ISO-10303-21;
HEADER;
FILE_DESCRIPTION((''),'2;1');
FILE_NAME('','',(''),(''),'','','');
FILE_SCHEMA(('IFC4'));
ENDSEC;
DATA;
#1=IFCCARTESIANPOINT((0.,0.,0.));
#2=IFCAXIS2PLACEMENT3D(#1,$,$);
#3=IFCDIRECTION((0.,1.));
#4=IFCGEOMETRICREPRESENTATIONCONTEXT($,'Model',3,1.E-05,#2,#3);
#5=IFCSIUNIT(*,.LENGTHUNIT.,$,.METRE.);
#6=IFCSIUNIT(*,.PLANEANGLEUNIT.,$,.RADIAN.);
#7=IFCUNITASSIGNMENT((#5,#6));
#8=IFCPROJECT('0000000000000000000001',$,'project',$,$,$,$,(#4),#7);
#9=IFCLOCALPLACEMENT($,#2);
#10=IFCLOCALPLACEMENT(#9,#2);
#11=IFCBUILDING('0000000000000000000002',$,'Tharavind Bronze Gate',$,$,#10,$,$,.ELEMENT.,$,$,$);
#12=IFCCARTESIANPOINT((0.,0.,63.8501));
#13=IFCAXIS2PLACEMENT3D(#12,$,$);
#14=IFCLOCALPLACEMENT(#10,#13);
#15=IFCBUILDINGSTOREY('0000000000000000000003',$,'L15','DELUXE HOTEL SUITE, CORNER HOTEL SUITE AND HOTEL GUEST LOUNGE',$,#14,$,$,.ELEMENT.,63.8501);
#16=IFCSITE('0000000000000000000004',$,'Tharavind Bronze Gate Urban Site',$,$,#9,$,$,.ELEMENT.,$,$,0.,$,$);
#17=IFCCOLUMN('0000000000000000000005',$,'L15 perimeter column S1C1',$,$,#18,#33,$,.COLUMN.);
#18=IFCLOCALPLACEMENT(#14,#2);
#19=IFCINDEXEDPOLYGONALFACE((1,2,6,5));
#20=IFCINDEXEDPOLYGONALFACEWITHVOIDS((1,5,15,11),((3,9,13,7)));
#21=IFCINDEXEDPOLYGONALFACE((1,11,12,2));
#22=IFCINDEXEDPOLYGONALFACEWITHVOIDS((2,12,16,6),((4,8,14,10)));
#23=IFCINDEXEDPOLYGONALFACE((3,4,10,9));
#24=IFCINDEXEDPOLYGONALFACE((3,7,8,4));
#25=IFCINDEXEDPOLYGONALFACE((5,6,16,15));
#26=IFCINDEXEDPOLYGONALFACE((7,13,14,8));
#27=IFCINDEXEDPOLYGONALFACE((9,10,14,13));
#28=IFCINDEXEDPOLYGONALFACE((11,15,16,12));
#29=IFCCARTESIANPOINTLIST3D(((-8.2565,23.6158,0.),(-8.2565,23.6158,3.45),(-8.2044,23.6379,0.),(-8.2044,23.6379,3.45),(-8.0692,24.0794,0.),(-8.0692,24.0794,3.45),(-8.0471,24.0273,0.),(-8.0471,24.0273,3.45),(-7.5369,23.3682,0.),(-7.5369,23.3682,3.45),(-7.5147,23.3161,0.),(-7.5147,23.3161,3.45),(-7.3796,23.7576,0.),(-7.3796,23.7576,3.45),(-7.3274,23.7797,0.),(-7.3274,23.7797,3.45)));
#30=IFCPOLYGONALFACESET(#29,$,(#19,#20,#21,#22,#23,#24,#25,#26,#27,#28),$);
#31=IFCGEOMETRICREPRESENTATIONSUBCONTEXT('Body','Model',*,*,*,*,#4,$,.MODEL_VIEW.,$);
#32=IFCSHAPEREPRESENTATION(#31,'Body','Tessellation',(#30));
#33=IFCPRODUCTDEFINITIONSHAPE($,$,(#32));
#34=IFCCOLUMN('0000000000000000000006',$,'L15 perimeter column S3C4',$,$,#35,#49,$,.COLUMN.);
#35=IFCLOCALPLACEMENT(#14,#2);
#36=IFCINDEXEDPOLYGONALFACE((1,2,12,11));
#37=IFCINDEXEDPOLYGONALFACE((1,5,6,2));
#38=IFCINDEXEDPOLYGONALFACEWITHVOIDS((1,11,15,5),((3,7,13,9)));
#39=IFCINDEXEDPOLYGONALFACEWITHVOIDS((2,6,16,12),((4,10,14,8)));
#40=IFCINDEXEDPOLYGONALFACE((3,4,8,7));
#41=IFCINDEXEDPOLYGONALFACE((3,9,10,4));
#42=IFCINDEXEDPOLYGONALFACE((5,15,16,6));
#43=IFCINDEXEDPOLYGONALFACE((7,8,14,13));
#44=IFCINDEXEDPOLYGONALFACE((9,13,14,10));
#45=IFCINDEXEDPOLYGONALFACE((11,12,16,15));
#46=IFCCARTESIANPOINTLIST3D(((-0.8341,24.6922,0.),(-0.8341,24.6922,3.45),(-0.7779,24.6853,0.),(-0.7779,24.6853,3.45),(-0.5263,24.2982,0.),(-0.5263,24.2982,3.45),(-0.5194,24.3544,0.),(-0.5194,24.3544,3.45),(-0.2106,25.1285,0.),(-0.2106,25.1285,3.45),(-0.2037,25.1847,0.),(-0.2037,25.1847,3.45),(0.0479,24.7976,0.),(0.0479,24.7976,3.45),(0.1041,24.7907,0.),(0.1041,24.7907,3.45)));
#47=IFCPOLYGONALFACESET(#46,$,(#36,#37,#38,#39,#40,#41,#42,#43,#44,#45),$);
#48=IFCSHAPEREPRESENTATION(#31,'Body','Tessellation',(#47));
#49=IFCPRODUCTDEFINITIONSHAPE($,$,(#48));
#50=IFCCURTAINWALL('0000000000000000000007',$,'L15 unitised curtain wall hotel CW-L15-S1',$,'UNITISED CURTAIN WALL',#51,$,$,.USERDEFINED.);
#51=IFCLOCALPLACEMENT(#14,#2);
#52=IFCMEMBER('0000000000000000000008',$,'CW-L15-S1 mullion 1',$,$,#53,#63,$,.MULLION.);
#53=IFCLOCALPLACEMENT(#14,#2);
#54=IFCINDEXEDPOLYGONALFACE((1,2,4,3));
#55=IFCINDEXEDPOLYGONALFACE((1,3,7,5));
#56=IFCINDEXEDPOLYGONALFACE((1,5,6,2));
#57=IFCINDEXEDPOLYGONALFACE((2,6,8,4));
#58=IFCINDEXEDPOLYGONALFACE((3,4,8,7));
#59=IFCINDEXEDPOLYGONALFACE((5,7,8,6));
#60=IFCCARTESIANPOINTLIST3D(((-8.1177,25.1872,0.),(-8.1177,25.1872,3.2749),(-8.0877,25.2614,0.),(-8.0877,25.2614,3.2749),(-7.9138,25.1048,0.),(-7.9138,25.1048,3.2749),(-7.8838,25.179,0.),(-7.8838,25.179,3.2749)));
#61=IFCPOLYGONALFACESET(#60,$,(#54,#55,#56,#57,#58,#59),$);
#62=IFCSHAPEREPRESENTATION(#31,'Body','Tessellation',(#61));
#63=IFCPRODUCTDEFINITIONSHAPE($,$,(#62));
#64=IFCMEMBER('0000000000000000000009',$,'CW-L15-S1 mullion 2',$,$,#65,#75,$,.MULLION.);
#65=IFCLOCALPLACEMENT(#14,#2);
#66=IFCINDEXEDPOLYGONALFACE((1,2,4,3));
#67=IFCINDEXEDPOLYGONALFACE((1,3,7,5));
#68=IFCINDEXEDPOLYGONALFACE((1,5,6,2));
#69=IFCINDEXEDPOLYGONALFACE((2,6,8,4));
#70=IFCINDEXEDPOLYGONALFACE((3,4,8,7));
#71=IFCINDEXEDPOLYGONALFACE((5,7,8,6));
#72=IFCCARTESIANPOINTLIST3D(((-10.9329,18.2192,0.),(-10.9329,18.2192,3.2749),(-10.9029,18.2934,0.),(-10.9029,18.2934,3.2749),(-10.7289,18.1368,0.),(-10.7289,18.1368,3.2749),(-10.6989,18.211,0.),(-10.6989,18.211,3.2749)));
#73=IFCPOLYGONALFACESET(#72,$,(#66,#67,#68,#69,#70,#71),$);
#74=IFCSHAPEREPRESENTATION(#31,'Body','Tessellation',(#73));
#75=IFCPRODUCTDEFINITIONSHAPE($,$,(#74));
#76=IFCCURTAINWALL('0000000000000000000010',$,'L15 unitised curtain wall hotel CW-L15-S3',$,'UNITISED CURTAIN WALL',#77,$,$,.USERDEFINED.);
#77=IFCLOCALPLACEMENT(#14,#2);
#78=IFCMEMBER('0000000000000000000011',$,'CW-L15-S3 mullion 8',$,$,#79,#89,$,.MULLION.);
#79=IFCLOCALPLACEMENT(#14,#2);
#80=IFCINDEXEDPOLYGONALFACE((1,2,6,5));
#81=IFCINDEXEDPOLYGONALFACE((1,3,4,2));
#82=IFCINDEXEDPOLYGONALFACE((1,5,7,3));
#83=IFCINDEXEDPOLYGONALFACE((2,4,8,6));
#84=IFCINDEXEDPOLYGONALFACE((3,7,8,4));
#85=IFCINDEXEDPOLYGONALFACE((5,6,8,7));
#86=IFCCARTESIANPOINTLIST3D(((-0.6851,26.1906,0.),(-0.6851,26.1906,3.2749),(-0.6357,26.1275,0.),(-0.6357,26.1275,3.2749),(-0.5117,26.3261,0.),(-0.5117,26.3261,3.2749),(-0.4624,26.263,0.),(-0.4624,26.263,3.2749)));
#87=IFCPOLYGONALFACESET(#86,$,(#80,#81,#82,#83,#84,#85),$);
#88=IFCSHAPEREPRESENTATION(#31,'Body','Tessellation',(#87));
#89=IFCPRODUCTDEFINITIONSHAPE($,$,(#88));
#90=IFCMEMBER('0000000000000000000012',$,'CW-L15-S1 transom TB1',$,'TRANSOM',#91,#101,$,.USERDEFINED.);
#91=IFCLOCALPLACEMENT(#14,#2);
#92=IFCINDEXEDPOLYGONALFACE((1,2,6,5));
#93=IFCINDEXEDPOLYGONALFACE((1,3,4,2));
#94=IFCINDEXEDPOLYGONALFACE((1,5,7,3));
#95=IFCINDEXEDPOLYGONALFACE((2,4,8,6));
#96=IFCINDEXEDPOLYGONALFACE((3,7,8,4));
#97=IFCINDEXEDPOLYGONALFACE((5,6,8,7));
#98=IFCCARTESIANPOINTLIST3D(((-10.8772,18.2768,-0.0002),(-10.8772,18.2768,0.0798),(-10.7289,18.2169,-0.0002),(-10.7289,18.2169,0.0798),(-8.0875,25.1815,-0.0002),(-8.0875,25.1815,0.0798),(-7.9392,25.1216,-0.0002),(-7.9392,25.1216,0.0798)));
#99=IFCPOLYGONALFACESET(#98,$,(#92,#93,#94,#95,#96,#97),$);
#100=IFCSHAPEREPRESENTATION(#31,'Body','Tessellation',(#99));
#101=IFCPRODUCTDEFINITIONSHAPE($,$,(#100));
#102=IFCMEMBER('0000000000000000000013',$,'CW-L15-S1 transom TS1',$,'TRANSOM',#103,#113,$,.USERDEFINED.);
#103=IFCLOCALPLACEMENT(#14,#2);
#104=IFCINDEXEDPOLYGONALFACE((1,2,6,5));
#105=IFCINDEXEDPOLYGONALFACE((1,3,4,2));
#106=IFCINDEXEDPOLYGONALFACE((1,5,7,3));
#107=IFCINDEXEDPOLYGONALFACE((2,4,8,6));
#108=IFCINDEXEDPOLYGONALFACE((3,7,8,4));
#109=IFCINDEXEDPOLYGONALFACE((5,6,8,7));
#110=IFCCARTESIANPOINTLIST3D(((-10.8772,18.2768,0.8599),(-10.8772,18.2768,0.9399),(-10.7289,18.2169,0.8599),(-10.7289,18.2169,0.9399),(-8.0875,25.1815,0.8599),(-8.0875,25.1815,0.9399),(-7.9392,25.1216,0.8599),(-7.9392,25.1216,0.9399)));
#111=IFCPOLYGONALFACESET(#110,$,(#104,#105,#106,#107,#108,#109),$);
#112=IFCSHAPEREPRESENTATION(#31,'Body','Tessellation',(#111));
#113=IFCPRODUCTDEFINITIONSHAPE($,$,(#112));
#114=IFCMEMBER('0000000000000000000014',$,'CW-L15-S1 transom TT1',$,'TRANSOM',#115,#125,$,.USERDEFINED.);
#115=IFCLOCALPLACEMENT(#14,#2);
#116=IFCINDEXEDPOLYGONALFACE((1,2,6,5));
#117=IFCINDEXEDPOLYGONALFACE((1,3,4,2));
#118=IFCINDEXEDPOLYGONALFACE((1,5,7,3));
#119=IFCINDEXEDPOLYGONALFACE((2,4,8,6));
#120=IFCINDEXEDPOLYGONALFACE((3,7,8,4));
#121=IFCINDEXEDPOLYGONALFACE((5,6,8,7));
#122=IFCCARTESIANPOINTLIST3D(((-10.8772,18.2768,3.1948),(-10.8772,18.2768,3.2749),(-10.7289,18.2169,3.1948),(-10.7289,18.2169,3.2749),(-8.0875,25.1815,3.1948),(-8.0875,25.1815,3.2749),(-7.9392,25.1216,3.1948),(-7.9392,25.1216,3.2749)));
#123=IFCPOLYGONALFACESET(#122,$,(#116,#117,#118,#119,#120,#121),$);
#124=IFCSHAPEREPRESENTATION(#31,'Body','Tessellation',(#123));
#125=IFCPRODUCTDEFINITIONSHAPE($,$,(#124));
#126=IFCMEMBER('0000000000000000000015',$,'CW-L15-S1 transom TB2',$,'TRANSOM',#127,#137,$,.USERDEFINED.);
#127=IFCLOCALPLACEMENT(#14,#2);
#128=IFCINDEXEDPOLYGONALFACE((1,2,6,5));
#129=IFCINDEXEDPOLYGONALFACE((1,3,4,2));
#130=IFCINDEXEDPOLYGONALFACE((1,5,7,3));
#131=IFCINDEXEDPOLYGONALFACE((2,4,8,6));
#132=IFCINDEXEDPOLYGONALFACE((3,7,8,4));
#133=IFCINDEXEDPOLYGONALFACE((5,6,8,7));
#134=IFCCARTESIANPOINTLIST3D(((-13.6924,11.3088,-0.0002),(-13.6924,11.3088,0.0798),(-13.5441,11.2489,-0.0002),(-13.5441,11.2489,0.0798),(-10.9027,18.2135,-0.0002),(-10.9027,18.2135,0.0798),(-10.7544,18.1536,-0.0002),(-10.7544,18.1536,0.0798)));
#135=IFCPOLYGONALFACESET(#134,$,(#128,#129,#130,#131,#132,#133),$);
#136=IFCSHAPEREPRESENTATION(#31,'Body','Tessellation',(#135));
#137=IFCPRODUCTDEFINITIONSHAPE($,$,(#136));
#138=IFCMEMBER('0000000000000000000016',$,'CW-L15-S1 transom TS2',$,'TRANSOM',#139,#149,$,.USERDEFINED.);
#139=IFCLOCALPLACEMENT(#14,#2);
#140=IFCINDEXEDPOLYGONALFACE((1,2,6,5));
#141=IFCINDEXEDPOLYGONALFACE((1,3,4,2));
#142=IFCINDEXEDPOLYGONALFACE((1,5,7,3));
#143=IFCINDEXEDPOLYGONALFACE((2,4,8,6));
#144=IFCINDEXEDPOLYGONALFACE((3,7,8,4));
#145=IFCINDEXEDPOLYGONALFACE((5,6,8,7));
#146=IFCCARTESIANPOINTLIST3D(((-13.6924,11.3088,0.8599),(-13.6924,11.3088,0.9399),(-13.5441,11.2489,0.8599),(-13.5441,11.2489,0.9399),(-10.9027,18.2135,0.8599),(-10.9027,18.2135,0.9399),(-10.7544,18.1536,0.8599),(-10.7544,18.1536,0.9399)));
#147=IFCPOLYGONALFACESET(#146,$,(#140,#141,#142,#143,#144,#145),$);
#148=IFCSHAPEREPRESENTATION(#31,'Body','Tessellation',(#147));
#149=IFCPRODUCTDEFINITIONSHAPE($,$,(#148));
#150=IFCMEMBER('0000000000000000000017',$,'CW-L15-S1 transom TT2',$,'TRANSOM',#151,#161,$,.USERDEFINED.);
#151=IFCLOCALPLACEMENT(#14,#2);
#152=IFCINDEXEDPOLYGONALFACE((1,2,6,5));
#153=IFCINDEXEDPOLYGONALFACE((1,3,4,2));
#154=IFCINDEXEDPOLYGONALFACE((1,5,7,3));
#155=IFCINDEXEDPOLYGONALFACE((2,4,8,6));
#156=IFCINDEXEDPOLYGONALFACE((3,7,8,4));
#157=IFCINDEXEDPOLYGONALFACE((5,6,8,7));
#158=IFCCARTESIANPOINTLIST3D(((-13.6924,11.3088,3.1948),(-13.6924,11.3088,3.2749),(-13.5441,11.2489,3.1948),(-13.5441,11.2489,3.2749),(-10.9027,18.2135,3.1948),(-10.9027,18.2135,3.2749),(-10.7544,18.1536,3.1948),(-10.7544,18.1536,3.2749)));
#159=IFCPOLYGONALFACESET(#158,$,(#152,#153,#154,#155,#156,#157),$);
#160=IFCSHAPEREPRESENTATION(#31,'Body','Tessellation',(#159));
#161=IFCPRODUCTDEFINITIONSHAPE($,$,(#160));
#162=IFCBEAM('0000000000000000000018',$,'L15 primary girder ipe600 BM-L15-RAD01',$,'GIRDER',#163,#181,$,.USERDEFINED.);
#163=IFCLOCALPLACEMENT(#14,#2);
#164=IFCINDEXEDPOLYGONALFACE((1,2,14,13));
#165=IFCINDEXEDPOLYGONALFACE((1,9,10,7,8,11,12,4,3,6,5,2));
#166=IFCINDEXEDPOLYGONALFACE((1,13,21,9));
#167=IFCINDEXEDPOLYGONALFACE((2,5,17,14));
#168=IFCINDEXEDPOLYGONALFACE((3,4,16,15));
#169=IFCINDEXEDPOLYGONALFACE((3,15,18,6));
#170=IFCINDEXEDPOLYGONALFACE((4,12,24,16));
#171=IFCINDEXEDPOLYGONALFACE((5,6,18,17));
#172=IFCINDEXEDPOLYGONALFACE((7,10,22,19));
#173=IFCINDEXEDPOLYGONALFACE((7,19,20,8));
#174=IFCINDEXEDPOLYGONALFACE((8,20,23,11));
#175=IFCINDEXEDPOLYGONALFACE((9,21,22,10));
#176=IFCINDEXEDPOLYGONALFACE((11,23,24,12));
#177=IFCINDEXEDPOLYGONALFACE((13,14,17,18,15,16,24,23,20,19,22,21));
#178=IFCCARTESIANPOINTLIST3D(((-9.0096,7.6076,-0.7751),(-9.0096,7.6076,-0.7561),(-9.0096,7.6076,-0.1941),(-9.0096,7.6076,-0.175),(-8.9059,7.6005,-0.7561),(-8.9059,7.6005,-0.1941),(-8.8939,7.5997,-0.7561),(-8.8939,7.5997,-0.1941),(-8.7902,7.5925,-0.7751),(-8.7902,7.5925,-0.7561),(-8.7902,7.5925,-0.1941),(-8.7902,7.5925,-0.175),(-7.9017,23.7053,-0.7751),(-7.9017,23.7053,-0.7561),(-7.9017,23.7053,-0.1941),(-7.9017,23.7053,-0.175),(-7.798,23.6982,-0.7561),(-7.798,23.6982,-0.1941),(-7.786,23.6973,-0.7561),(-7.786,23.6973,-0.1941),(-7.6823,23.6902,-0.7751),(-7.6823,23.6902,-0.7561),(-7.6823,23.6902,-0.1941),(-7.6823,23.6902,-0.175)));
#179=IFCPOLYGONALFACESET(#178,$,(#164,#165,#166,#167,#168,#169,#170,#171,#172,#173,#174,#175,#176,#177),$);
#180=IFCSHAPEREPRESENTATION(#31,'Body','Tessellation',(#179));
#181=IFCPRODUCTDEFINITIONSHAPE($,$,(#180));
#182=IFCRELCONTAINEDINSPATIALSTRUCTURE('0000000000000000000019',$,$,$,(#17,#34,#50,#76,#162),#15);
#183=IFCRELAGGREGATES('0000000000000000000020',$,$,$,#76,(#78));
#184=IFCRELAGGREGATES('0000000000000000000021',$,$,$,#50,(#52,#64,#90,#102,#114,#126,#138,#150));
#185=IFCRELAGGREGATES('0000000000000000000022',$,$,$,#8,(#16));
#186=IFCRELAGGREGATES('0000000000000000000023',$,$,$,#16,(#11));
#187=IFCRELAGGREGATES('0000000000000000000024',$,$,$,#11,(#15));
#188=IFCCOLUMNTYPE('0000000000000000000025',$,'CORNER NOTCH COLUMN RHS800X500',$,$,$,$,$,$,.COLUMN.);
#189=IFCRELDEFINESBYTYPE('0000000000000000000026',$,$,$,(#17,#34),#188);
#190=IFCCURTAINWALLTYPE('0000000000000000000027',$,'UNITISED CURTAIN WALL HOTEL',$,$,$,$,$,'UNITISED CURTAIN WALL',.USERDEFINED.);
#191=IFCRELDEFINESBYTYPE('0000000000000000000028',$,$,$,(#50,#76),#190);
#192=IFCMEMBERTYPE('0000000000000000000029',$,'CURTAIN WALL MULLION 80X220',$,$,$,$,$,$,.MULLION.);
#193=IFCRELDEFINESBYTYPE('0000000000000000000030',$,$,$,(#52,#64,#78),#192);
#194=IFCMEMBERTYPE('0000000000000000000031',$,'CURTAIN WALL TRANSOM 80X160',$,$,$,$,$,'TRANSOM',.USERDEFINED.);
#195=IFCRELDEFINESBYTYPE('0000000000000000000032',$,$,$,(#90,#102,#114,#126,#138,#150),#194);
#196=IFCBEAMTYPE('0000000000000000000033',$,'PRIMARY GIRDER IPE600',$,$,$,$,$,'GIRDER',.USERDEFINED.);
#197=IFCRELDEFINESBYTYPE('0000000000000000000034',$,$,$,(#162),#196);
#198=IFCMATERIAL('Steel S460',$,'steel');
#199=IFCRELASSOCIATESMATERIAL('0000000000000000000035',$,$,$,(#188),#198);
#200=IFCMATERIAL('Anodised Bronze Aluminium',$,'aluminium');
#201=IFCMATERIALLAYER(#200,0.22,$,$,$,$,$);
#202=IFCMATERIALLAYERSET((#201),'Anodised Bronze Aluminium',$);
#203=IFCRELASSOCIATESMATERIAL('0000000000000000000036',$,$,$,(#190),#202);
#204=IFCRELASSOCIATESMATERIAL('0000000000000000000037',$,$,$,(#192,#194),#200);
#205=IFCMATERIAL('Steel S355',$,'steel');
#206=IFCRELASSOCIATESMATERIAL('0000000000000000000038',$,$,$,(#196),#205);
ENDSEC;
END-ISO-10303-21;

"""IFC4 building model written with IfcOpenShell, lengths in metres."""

from ifc_helpers import new_model, si_unit, direction, frame, origin, origin_2d, place, context, subcontext, project, spatial, rectangle, hollow_rectangle, i_section, extrude, material, layer, layer_set, material_profile, profile_set, type_object, element, aggregate, save


model = new_model("IFC4")

# Units and contexts
model_context = context("Model", 3, precision=1e-05, world=origin(), true_north=direction((0.0, 1.0)))
body_context = subcontext(model_context, "Body", "Model", "MODEL_VIEW")
ifc_project = project(units=[si_unit("LENGTHUNIT", "METRE"), si_unit("PLANEANGLEUNIT", "RADIAN")], contexts=[model_context])

# Site, building, storey
site_placement = place(None, origin())
site = spatial("IfcSite", under=ifc_project, at=site_placement, Name="Tharavind Bronze Gate Urban Site", CompositionType="ELEMENT", RefElevation=0.0)
building_placement = place(site_placement, origin())
building = spatial("IfcBuilding", under=site, at=building_placement, Name="Tharavind Bronze Gate", CompositionType="ELEMENT")
storey_placement = place(building_placement, frame((0.0, 0.0, 63.8501)))
storey = spatial("IfcBuildingStorey", under=building, at=storey_placement, Name="L15", Description="DELUXE HOTEL SUITE, CORNER HOTEL SUITE AND HOTEL GUEST LOUNGE", CompositionType="ELEMENT", Elevation=63.8501)

# Columns
ifc_material_1 = material(Name="Steel S460", Category="steel")
ifc_material_profile_1 = material_profile(ifc_material_1, hollow_rectangle(XDim=0.5, YDim=0.8, WallThickness=0.04, at=origin_2d()), Name="RHS800X500X40")
ifc_profile_set_1 = profile_set([ifc_material_profile_1], Name="Steel S460")
column_type = type_object("IfcColumnType", Name="CORNER NOTCH COLUMN RHS800X500", PredefinedType="COLUMN", material=ifc_profile_set_1)
for number, where, z_axis, x_axis, name in (
    (1, (-7.792, 23.6978, 0.0), (0.0, 0.0, 1.0), (0.374608, 0.927183, 0.0), "L15 perimeter column S1C1"),
    (2, (-0.365, 24.7415, 0.0), (0.0, 0.0, 1.0), (-0.615661, 0.788011, 0.0), "L15 perimeter column S3C4"),
):
    element("IfcColumn", number, at=place(storey_placement, frame(where, z_axis=z_axis, x_axis=x_axis)), inside=storey, type_object=column_type, Name=name, PredefinedType="COLUMN", context=body_context, shape_type="SweptSolid", body=[
        extrude(hollow_rectangle(XDim=0.5, YDim=0.8, WallThickness=0.04, at=origin_2d()), origin(), (0.0, 0.0, 1.0), 3.45),
    ])

# Curtain wall, members
ifc_material_2 = material(Name="Anodised Bronze Aluminium", Category="aluminium")
ifc_layer_1 = layer(ifc_material_2, 0.22)
ifc_layer_set_1 = layer_set([ifc_layer_1], Name="Anodised Bronze Aluminium")
curtain_wall_type = type_object("IfcCurtainWallType", Name="UNITISED CURTAIN WALL HOTEL", ElementType="UNITISED CURTAIN WALL", PredefinedType="USERDEFINED", material=ifc_layer_set_1)
curtain_wall_1_placement = place(storey_placement, origin())
curtain_wall_1 = element("IfcCurtainWall", 3, at=curtain_wall_1_placement, inside=storey, type_object=curtain_wall_type, Name="L15 unitised curtain wall hotel CW-L15-S1", ObjectType="UNITISED CURTAIN WALL", PredefinedType="USERDEFINED")
member_type_1 = type_object("IfcMemberType", Name="CURTAIN WALL MULLION 80X220", PredefinedType="MULLION", material=ifc_material_2)
member_1_placement = place(storey_placement, frame((-8.0007, 25.1831, 0.0), z_axis=(0.0, 0.0, 1.0), x_axis=(-0.374607, -0.927184, 0.0)))
member_1 = element("IfcMember", 4, at=member_1_placement, type_object=member_type_1, Name="CW-L15-S1 mullion 1", PredefinedType="MULLION", context=body_context, shape_type="SweptSolid", body=[
    extrude(rectangle(XDim=0.0801, YDim=0.22, at=origin_2d()), origin(), (0.0, 0.0, 1.0), 3.2749),
])
member_2_placement = place(storey_placement, frame((-10.8159, 18.2151, 0.0), z_axis=(0.0, 0.0, 1.0), x_axis=(-0.374607, -0.927184, 0.0)))
member_2 = element("IfcMember", 5, at=member_2_placement, type_object=member_type_1, Name="CW-L15-S1 mullion 2", PredefinedType="MULLION", context=body_context, shape_type="SweptSolid", body=[
    extrude(rectangle(XDim=0.0801, YDim=0.22, at=origin_2d()), origin(), (0.0, 0.0, 1.0), 3.2749),
])

# Curtain wall, member
curtain_wall_2_placement = place(storey_placement, origin())
curtain_wall_2 = element("IfcCurtainWall", 6, at=curtain_wall_2_placement, inside=storey, type_object=curtain_wall_type, Name="L15 unitised curtain wall hotel CW-L15-S3", ObjectType="UNITISED CURTAIN WALL", PredefinedType="USERDEFINED")
member_3_placement = place(storey_placement, frame((-0.5737, 26.2268, 0.0), z_axis=(0.0, 0.0, 1.0), x_axis=(-0.615661, 0.788011, 0.0)))
member_3 = element("IfcMember", 7, at=member_3_placement, type_object=member_type_1, Name="CW-L15-S3 mullion 8", PredefinedType="MULLION", context=body_context, shape_type="SweptSolid", body=[
    extrude(rectangle(XDim=0.0801, YDim=0.22, at=origin_2d()), origin(), (0.0, 0.0, 1.0), 3.2749),
])
aggregate(curtain_wall_2, [member_3])

# Members
member_type_2 = type_object("IfcMemberType", Name="CURTAIN WALL TRANSOM 80X160", ElementType="TRANSOM", PredefinedType="USERDEFINED", material=ifc_material_2)
member_4_placement = place(storey_placement, frame((-9.4082, 21.6992, -0.0002), z_axis=(0.0, 0.0, 1.0), x_axis=(-0.374607, -0.927184, 0.0)))
member_4 = element("IfcMember", 8, at=member_4_placement, type_object=member_type_2, Name="CW-L15-S1 transom TB1", ObjectType="TRANSOM", PredefinedType="USERDEFINED", context=body_context, shape_type="SweptSolid", body=[
    extrude(rectangle(XDim=7.447, YDim=0.1599, at=origin_2d()), origin(), (0.0, 0.0, 1.0), 0.0801),
])
member_5_placement = place(storey_placement, frame((-9.4082, 21.6992, 0.8599), z_axis=(0.0, 0.0, 1.0), x_axis=(-0.374607, -0.927184, 0.0)))
member_5 = element("IfcMember", 9, at=member_5_placement, type_object=member_type_2, Name="CW-L15-S1 transom TS1", ObjectType="TRANSOM", PredefinedType="USERDEFINED", context=body_context, shape_type="SweptSolid", body=[
    extrude(rectangle(XDim=7.447, YDim=0.1599, at=origin_2d()), origin(), (0.0, 0.0, 1.0), 0.0801),
])
member_6_placement = place(storey_placement, frame((-9.4082, 21.6992, 3.1948), z_axis=(0.0, 0.0, 1.0), x_axis=(-0.374607, -0.927184, 0.0)))
member_6 = element("IfcMember", 10, at=member_6_placement, type_object=member_type_2, Name="CW-L15-S1 transom TT1", ObjectType="TRANSOM", PredefinedType="USERDEFINED", context=body_context, shape_type="SweptSolid", body=[
    extrude(rectangle(XDim=7.447, YDim=0.1599, at=origin_2d()), origin(), (0.0, 0.0, 1.0), 0.0801),
])
member_7_placement = place(storey_placement, frame((-12.2234, 14.7312, -0.0002), z_axis=(0.0, 0.0, 1.0), x_axis=(-0.374607, -0.927184, 0.0)))
member_7 = element("IfcMember", 11, at=member_7_placement, type_object=member_type_2, Name="CW-L15-S1 transom TB2", ObjectType="TRANSOM", PredefinedType="USERDEFINED", context=body_context, shape_type="SweptSolid", body=[
    extrude(rectangle(XDim=7.447, YDim=0.1599, at=origin_2d()), origin(), (0.0, 0.0, 1.0), 0.0801),
])
member_8_placement = place(storey_placement, frame((-12.2234, 14.7312, 0.8599), z_axis=(0.0, 0.0, 1.0), x_axis=(-0.374607, -0.927184, 0.0)))
member_8 = element("IfcMember", 12, at=member_8_placement, type_object=member_type_2, Name="CW-L15-S1 transom TS2", ObjectType="TRANSOM", PredefinedType="USERDEFINED", context=body_context, shape_type="SweptSolid", body=[
    extrude(rectangle(XDim=7.447, YDim=0.1599, at=origin_2d()), origin(), (0.0, 0.0, 1.0), 0.0801),
])
member_9_placement = place(storey_placement, frame((-12.2234, 14.7312, 3.1948), z_axis=(0.0, 0.0, 1.0), x_axis=(-0.374607, -0.927184, 0.0)))
member_9 = element("IfcMember", 13, at=member_9_placement, type_object=member_type_2, Name="CW-L15-S1 transom TT2", ObjectType="TRANSOM", PredefinedType="USERDEFINED", context=body_context, shape_type="SweptSolid", body=[
    extrude(rectangle(XDim=7.447, YDim=0.1599, at=origin_2d()), origin(), (0.0, 0.0, 1.0), 0.0801),
])

# Beam
ifc_material_3 = material(Name="Steel S355", Category="steel")
ifc_material_profile_2 = material_profile(ifc_material_3, i_section(OverallWidth=0.22, OverallDepth=0.6001, WebThickness=0.012, FlangeThickness=0.019, at=origin_2d()), Name="IPE600")
ifc_profile_set_2 = profile_set([ifc_material_profile_2], Name="Steel S355")
beam_type_1 = type_object("IfcBeamType", Name="PRIMARY GIRDER IPE600", ElementType="GIRDER", PredefinedType="USERDEFINED", material=ifc_profile_set_2)
beam_1_placement = place(storey_placement, frame((-7.792, 23.6978, -0.4751), z_axis=(-0.068662, -0.99764, 0.0), x_axis=(0.99764, -0.068662, 0.0)))
element("IfcBeam", 14, at=beam_1_placement, inside=storey, type_object=beam_type_1, Name="L15 primary girder ipe600 BM-L15-RAD01", ObjectType="GIRDER", PredefinedType="USERDEFINED", context=body_context, shape_type="SweptSolid", body=[
    extrude(i_section(OverallWidth=0.22, OverallDepth=0.6001, WebThickness=0.012, FlangeThickness=0.019, at=origin_2d()), origin(), (0.0, 0.0, 1.0), 16.1357),
])

aggregate(curtain_wall_1, [member_1, member_2, member_4, member_5, member_6, member_7, member_8, member_9])

save(model, "model.ifc")
